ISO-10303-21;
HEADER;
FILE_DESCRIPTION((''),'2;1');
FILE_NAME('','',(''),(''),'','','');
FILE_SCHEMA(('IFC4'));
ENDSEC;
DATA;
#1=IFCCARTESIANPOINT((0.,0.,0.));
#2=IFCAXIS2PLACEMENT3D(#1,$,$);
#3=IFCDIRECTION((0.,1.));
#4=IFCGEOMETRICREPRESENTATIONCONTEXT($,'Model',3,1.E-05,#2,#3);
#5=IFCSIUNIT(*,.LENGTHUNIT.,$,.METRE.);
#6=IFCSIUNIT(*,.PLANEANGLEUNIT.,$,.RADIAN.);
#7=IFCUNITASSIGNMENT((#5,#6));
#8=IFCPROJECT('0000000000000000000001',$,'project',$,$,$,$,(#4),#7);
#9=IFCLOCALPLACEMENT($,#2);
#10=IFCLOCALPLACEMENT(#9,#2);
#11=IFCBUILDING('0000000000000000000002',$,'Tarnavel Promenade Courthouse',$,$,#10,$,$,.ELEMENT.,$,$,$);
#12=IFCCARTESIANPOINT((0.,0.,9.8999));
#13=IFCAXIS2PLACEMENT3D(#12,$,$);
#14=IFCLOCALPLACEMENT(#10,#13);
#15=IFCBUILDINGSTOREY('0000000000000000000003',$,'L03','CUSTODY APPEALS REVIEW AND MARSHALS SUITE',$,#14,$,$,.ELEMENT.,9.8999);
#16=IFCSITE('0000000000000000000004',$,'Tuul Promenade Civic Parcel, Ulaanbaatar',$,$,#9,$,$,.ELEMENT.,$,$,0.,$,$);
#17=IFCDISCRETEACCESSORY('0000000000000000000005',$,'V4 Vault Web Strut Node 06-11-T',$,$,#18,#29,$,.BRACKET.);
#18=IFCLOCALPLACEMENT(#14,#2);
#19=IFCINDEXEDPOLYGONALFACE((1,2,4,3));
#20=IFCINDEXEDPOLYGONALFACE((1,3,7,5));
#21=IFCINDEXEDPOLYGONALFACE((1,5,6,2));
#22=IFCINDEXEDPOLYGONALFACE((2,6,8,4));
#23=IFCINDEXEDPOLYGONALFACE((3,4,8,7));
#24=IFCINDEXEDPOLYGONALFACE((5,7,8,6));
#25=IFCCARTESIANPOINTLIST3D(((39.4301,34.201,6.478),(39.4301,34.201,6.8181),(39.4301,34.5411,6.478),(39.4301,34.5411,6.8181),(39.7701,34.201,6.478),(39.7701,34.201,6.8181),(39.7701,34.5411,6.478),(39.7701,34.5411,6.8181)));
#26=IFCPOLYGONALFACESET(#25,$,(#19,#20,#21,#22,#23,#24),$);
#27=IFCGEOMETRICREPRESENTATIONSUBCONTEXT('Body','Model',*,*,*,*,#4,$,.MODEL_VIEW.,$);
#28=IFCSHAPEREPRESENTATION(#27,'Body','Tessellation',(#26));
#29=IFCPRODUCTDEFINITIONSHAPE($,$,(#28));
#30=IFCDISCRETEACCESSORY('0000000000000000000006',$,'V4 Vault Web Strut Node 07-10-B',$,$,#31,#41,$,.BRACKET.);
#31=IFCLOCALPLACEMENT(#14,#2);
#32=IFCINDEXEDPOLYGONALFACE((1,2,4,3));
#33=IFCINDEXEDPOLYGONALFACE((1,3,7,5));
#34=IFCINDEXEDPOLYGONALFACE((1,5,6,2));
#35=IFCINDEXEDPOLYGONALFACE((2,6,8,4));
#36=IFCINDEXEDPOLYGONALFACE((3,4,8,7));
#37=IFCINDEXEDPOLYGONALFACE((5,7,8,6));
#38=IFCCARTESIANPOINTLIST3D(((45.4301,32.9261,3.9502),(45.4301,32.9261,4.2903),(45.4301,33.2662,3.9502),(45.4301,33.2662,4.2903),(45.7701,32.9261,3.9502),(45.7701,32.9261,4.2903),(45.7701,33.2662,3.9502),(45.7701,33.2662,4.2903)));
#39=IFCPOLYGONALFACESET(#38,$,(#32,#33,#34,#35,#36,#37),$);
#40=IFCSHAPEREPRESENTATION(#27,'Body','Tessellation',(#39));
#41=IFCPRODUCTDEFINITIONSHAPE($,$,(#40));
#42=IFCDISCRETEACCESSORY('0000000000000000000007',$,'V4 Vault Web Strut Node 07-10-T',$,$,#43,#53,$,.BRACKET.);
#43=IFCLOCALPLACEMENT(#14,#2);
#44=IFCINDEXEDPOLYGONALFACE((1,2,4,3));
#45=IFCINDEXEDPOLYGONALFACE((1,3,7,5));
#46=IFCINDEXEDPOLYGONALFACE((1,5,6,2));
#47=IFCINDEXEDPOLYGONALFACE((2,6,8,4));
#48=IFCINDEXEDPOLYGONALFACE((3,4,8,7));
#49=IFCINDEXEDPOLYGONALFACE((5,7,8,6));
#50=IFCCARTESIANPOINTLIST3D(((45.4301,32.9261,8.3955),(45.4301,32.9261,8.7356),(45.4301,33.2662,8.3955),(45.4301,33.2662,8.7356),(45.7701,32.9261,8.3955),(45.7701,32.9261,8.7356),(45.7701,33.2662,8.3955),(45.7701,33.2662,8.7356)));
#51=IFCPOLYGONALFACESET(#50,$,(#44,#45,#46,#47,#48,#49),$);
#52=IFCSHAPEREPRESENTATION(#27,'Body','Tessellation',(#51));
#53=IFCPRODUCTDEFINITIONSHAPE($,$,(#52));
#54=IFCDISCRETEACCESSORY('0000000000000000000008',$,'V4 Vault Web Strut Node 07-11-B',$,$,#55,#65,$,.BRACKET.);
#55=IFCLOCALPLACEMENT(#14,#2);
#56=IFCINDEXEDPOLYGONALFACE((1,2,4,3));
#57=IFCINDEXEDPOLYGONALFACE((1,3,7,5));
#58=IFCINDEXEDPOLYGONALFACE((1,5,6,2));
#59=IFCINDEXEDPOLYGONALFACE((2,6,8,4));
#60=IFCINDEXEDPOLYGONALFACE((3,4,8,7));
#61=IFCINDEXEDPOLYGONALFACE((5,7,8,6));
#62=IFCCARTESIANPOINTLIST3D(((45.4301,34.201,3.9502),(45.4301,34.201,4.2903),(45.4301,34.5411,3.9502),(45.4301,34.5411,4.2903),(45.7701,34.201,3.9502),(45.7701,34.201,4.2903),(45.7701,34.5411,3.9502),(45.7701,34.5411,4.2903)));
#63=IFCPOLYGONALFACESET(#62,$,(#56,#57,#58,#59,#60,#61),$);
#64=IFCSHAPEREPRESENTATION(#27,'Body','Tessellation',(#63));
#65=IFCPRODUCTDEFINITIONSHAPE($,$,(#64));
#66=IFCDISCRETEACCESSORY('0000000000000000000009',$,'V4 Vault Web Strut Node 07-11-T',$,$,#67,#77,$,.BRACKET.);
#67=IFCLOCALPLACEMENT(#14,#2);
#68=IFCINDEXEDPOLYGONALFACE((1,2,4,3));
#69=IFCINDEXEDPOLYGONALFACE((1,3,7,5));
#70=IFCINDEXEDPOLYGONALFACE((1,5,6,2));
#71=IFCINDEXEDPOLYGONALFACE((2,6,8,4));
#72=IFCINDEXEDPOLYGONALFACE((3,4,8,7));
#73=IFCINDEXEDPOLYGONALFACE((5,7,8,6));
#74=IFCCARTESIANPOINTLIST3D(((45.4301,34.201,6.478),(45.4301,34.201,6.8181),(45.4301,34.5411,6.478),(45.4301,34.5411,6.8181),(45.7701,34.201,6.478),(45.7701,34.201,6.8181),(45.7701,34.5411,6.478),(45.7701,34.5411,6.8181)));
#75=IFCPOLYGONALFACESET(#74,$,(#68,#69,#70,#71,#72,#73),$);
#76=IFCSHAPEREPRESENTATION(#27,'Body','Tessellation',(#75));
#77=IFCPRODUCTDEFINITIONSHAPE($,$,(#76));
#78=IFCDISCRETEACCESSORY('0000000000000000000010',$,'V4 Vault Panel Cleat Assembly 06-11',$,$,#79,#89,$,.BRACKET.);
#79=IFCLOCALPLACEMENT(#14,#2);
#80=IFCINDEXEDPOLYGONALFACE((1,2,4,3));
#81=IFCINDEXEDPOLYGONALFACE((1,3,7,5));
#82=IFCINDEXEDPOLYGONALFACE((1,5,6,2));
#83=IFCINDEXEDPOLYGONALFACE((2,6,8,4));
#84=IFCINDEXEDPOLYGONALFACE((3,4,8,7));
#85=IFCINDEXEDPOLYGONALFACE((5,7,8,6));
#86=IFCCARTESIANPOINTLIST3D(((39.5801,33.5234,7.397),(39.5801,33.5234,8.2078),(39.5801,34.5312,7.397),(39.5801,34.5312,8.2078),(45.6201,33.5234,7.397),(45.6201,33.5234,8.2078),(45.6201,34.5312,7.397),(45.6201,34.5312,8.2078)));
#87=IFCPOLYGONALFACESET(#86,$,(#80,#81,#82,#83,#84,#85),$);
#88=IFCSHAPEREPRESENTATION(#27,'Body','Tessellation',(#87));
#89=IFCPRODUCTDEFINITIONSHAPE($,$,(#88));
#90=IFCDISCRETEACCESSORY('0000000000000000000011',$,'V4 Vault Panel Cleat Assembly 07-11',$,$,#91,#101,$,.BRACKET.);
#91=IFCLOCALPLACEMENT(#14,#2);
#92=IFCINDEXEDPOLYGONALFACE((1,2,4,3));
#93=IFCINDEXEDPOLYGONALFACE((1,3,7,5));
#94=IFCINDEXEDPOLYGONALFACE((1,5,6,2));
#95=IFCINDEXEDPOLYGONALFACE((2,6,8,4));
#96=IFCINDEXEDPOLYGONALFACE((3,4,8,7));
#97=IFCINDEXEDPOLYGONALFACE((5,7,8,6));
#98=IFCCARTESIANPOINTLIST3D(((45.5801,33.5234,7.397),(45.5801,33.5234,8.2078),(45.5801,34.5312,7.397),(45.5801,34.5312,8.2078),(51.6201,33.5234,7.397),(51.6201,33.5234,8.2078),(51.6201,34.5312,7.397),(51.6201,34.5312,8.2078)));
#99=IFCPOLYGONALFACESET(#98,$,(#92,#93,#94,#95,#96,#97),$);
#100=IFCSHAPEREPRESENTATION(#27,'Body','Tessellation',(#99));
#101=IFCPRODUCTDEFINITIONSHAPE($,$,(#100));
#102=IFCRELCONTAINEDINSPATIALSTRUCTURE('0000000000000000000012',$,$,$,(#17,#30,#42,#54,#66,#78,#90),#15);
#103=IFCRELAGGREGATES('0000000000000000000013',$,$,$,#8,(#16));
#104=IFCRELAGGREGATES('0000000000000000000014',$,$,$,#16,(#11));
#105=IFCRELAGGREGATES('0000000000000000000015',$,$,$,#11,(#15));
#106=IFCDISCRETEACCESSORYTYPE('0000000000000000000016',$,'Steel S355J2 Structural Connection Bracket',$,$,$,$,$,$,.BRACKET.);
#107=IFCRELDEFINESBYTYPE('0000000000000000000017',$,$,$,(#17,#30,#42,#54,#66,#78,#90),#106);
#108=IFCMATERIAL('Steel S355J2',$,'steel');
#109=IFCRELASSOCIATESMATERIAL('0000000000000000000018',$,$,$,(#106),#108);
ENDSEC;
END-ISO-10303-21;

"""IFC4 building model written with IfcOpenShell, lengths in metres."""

from ifc_helpers import new_model, si_unit, direction, frame, origin, origin_2d, place, context, subcontext, project, spatial, rectangle, extrude, material, type_object, element, save


model = new_model("IFC4")

# Units and contexts
model_context = context("Model", 3, precision=1e-05, world=origin(), true_north=direction((0.0, 1.0)))
body_context = subcontext(model_context, "Body", "Model", "MODEL_VIEW")
ifc_project = project(units=[si_unit("LENGTHUNIT", "METRE"), si_unit("PLANEANGLEUNIT", "RADIAN")], contexts=[model_context])

# Site, building, storey
site_placement = place(None, origin())
site = spatial("IfcSite", under=ifc_project, at=site_placement, Name="Tuul Promenade Civic Parcel, Ulaanbaatar", CompositionType="ELEMENT", RefElevation=0.0)
building_placement = place(site_placement, origin())
building = spatial("IfcBuilding", under=site, at=building_placement, Name="Tarnavel Promenade Courthouse", CompositionType="ELEMENT")
storey_placement = place(building_placement, frame((0.0, 0.0, 9.8999)))
storey = spatial("IfcBuildingStorey", under=building, at=storey_placement, Name="L03", Description="CUSTODY APPEALS REVIEW AND MARSHALS SUITE", CompositionType="ELEMENT", Elevation=9.8999)

# Shared definitions
ifc_material_1 = material(Name="Steel S355J2", Category="steel")

# Discrete accessories
discrete_accessory_type = type_object("IfcDiscreteAccessoryType", Name="Steel S355J2 Structural Connection Bracket", PredefinedType="BRACKET", material=ifc_material_1)
for number, where, z_axis, x_axis, name in (
    (1, (39.6001, 34.3711, 6.478), (0.0, 0.0, 1.0), (1.0, 0.0, 0.0), "V4 Vault Web Strut Node 06-11-T"),
    (2, (45.6001, 33.0962, 3.9502), (0.0, 0.0, 1.0), (1.0, 0.0, 0.0), "V4 Vault Web Strut Node 07-10-B"),
    (3, (45.6001, 33.0962, 8.3955), (0.0, 0.0, 1.0), (1.0, 0.0, 0.0), "V4 Vault Web Strut Node 07-10-T"),
    (4, (45.6001, 34.3711, 3.9502), (0.0, 0.0, 1.0), (1.0, 0.0, 0.0), "V4 Vault Web Strut Node 07-11-B"),
    (5, (45.6001, 34.3711, 6.478), (0.0, 0.0, 1.0), (1.0, 0.0, 0.0), "V4 Vault Web Strut Node 07-11-T"),
):
    element("IfcDiscreteAccessory", number, at=place(storey_placement, frame(where, z_axis=z_axis, x_axis=x_axis)), inside=storey, type_object=discrete_accessory_type, Name=name, PredefinedType="BRACKET", context=body_context, shape_type="SweptSolid", body=[
        extrude(rectangle(XDim=0.3401, YDim=0.3401, at=origin_2d()), origin(), (0.0, 0.0, 1.0), 0.3401),
    ])
for number, where, z_axis, x_axis, name in (
    (6, (42.6001, 34.0273, 7.397), (0.0, 0.0, 1.0), (1.0, 0.0, 0.0), "V4 Vault Panel Cleat Assembly 06-11"),
    (7, (48.6001, 34.0273, 7.397), (0.0, 0.0, 1.0), (1.0, 0.0, 0.0), "V4 Vault Panel Cleat Assembly 07-11"),
):
    element("IfcDiscreteAccessory", number, at=place(storey_placement, frame(where, z_axis=z_axis, x_axis=x_axis)), inside=storey, type_object=discrete_accessory_type, Name=name, PredefinedType="BRACKET", context=body_context, shape_type="SweptSolid", body=[
        extrude(rectangle(XDim=6.04, YDim=1.0078, at=origin_2d()), origin(), (0.0, 0.0, 1.0), 0.8108),
    ])

save(model, "model.ifc")
